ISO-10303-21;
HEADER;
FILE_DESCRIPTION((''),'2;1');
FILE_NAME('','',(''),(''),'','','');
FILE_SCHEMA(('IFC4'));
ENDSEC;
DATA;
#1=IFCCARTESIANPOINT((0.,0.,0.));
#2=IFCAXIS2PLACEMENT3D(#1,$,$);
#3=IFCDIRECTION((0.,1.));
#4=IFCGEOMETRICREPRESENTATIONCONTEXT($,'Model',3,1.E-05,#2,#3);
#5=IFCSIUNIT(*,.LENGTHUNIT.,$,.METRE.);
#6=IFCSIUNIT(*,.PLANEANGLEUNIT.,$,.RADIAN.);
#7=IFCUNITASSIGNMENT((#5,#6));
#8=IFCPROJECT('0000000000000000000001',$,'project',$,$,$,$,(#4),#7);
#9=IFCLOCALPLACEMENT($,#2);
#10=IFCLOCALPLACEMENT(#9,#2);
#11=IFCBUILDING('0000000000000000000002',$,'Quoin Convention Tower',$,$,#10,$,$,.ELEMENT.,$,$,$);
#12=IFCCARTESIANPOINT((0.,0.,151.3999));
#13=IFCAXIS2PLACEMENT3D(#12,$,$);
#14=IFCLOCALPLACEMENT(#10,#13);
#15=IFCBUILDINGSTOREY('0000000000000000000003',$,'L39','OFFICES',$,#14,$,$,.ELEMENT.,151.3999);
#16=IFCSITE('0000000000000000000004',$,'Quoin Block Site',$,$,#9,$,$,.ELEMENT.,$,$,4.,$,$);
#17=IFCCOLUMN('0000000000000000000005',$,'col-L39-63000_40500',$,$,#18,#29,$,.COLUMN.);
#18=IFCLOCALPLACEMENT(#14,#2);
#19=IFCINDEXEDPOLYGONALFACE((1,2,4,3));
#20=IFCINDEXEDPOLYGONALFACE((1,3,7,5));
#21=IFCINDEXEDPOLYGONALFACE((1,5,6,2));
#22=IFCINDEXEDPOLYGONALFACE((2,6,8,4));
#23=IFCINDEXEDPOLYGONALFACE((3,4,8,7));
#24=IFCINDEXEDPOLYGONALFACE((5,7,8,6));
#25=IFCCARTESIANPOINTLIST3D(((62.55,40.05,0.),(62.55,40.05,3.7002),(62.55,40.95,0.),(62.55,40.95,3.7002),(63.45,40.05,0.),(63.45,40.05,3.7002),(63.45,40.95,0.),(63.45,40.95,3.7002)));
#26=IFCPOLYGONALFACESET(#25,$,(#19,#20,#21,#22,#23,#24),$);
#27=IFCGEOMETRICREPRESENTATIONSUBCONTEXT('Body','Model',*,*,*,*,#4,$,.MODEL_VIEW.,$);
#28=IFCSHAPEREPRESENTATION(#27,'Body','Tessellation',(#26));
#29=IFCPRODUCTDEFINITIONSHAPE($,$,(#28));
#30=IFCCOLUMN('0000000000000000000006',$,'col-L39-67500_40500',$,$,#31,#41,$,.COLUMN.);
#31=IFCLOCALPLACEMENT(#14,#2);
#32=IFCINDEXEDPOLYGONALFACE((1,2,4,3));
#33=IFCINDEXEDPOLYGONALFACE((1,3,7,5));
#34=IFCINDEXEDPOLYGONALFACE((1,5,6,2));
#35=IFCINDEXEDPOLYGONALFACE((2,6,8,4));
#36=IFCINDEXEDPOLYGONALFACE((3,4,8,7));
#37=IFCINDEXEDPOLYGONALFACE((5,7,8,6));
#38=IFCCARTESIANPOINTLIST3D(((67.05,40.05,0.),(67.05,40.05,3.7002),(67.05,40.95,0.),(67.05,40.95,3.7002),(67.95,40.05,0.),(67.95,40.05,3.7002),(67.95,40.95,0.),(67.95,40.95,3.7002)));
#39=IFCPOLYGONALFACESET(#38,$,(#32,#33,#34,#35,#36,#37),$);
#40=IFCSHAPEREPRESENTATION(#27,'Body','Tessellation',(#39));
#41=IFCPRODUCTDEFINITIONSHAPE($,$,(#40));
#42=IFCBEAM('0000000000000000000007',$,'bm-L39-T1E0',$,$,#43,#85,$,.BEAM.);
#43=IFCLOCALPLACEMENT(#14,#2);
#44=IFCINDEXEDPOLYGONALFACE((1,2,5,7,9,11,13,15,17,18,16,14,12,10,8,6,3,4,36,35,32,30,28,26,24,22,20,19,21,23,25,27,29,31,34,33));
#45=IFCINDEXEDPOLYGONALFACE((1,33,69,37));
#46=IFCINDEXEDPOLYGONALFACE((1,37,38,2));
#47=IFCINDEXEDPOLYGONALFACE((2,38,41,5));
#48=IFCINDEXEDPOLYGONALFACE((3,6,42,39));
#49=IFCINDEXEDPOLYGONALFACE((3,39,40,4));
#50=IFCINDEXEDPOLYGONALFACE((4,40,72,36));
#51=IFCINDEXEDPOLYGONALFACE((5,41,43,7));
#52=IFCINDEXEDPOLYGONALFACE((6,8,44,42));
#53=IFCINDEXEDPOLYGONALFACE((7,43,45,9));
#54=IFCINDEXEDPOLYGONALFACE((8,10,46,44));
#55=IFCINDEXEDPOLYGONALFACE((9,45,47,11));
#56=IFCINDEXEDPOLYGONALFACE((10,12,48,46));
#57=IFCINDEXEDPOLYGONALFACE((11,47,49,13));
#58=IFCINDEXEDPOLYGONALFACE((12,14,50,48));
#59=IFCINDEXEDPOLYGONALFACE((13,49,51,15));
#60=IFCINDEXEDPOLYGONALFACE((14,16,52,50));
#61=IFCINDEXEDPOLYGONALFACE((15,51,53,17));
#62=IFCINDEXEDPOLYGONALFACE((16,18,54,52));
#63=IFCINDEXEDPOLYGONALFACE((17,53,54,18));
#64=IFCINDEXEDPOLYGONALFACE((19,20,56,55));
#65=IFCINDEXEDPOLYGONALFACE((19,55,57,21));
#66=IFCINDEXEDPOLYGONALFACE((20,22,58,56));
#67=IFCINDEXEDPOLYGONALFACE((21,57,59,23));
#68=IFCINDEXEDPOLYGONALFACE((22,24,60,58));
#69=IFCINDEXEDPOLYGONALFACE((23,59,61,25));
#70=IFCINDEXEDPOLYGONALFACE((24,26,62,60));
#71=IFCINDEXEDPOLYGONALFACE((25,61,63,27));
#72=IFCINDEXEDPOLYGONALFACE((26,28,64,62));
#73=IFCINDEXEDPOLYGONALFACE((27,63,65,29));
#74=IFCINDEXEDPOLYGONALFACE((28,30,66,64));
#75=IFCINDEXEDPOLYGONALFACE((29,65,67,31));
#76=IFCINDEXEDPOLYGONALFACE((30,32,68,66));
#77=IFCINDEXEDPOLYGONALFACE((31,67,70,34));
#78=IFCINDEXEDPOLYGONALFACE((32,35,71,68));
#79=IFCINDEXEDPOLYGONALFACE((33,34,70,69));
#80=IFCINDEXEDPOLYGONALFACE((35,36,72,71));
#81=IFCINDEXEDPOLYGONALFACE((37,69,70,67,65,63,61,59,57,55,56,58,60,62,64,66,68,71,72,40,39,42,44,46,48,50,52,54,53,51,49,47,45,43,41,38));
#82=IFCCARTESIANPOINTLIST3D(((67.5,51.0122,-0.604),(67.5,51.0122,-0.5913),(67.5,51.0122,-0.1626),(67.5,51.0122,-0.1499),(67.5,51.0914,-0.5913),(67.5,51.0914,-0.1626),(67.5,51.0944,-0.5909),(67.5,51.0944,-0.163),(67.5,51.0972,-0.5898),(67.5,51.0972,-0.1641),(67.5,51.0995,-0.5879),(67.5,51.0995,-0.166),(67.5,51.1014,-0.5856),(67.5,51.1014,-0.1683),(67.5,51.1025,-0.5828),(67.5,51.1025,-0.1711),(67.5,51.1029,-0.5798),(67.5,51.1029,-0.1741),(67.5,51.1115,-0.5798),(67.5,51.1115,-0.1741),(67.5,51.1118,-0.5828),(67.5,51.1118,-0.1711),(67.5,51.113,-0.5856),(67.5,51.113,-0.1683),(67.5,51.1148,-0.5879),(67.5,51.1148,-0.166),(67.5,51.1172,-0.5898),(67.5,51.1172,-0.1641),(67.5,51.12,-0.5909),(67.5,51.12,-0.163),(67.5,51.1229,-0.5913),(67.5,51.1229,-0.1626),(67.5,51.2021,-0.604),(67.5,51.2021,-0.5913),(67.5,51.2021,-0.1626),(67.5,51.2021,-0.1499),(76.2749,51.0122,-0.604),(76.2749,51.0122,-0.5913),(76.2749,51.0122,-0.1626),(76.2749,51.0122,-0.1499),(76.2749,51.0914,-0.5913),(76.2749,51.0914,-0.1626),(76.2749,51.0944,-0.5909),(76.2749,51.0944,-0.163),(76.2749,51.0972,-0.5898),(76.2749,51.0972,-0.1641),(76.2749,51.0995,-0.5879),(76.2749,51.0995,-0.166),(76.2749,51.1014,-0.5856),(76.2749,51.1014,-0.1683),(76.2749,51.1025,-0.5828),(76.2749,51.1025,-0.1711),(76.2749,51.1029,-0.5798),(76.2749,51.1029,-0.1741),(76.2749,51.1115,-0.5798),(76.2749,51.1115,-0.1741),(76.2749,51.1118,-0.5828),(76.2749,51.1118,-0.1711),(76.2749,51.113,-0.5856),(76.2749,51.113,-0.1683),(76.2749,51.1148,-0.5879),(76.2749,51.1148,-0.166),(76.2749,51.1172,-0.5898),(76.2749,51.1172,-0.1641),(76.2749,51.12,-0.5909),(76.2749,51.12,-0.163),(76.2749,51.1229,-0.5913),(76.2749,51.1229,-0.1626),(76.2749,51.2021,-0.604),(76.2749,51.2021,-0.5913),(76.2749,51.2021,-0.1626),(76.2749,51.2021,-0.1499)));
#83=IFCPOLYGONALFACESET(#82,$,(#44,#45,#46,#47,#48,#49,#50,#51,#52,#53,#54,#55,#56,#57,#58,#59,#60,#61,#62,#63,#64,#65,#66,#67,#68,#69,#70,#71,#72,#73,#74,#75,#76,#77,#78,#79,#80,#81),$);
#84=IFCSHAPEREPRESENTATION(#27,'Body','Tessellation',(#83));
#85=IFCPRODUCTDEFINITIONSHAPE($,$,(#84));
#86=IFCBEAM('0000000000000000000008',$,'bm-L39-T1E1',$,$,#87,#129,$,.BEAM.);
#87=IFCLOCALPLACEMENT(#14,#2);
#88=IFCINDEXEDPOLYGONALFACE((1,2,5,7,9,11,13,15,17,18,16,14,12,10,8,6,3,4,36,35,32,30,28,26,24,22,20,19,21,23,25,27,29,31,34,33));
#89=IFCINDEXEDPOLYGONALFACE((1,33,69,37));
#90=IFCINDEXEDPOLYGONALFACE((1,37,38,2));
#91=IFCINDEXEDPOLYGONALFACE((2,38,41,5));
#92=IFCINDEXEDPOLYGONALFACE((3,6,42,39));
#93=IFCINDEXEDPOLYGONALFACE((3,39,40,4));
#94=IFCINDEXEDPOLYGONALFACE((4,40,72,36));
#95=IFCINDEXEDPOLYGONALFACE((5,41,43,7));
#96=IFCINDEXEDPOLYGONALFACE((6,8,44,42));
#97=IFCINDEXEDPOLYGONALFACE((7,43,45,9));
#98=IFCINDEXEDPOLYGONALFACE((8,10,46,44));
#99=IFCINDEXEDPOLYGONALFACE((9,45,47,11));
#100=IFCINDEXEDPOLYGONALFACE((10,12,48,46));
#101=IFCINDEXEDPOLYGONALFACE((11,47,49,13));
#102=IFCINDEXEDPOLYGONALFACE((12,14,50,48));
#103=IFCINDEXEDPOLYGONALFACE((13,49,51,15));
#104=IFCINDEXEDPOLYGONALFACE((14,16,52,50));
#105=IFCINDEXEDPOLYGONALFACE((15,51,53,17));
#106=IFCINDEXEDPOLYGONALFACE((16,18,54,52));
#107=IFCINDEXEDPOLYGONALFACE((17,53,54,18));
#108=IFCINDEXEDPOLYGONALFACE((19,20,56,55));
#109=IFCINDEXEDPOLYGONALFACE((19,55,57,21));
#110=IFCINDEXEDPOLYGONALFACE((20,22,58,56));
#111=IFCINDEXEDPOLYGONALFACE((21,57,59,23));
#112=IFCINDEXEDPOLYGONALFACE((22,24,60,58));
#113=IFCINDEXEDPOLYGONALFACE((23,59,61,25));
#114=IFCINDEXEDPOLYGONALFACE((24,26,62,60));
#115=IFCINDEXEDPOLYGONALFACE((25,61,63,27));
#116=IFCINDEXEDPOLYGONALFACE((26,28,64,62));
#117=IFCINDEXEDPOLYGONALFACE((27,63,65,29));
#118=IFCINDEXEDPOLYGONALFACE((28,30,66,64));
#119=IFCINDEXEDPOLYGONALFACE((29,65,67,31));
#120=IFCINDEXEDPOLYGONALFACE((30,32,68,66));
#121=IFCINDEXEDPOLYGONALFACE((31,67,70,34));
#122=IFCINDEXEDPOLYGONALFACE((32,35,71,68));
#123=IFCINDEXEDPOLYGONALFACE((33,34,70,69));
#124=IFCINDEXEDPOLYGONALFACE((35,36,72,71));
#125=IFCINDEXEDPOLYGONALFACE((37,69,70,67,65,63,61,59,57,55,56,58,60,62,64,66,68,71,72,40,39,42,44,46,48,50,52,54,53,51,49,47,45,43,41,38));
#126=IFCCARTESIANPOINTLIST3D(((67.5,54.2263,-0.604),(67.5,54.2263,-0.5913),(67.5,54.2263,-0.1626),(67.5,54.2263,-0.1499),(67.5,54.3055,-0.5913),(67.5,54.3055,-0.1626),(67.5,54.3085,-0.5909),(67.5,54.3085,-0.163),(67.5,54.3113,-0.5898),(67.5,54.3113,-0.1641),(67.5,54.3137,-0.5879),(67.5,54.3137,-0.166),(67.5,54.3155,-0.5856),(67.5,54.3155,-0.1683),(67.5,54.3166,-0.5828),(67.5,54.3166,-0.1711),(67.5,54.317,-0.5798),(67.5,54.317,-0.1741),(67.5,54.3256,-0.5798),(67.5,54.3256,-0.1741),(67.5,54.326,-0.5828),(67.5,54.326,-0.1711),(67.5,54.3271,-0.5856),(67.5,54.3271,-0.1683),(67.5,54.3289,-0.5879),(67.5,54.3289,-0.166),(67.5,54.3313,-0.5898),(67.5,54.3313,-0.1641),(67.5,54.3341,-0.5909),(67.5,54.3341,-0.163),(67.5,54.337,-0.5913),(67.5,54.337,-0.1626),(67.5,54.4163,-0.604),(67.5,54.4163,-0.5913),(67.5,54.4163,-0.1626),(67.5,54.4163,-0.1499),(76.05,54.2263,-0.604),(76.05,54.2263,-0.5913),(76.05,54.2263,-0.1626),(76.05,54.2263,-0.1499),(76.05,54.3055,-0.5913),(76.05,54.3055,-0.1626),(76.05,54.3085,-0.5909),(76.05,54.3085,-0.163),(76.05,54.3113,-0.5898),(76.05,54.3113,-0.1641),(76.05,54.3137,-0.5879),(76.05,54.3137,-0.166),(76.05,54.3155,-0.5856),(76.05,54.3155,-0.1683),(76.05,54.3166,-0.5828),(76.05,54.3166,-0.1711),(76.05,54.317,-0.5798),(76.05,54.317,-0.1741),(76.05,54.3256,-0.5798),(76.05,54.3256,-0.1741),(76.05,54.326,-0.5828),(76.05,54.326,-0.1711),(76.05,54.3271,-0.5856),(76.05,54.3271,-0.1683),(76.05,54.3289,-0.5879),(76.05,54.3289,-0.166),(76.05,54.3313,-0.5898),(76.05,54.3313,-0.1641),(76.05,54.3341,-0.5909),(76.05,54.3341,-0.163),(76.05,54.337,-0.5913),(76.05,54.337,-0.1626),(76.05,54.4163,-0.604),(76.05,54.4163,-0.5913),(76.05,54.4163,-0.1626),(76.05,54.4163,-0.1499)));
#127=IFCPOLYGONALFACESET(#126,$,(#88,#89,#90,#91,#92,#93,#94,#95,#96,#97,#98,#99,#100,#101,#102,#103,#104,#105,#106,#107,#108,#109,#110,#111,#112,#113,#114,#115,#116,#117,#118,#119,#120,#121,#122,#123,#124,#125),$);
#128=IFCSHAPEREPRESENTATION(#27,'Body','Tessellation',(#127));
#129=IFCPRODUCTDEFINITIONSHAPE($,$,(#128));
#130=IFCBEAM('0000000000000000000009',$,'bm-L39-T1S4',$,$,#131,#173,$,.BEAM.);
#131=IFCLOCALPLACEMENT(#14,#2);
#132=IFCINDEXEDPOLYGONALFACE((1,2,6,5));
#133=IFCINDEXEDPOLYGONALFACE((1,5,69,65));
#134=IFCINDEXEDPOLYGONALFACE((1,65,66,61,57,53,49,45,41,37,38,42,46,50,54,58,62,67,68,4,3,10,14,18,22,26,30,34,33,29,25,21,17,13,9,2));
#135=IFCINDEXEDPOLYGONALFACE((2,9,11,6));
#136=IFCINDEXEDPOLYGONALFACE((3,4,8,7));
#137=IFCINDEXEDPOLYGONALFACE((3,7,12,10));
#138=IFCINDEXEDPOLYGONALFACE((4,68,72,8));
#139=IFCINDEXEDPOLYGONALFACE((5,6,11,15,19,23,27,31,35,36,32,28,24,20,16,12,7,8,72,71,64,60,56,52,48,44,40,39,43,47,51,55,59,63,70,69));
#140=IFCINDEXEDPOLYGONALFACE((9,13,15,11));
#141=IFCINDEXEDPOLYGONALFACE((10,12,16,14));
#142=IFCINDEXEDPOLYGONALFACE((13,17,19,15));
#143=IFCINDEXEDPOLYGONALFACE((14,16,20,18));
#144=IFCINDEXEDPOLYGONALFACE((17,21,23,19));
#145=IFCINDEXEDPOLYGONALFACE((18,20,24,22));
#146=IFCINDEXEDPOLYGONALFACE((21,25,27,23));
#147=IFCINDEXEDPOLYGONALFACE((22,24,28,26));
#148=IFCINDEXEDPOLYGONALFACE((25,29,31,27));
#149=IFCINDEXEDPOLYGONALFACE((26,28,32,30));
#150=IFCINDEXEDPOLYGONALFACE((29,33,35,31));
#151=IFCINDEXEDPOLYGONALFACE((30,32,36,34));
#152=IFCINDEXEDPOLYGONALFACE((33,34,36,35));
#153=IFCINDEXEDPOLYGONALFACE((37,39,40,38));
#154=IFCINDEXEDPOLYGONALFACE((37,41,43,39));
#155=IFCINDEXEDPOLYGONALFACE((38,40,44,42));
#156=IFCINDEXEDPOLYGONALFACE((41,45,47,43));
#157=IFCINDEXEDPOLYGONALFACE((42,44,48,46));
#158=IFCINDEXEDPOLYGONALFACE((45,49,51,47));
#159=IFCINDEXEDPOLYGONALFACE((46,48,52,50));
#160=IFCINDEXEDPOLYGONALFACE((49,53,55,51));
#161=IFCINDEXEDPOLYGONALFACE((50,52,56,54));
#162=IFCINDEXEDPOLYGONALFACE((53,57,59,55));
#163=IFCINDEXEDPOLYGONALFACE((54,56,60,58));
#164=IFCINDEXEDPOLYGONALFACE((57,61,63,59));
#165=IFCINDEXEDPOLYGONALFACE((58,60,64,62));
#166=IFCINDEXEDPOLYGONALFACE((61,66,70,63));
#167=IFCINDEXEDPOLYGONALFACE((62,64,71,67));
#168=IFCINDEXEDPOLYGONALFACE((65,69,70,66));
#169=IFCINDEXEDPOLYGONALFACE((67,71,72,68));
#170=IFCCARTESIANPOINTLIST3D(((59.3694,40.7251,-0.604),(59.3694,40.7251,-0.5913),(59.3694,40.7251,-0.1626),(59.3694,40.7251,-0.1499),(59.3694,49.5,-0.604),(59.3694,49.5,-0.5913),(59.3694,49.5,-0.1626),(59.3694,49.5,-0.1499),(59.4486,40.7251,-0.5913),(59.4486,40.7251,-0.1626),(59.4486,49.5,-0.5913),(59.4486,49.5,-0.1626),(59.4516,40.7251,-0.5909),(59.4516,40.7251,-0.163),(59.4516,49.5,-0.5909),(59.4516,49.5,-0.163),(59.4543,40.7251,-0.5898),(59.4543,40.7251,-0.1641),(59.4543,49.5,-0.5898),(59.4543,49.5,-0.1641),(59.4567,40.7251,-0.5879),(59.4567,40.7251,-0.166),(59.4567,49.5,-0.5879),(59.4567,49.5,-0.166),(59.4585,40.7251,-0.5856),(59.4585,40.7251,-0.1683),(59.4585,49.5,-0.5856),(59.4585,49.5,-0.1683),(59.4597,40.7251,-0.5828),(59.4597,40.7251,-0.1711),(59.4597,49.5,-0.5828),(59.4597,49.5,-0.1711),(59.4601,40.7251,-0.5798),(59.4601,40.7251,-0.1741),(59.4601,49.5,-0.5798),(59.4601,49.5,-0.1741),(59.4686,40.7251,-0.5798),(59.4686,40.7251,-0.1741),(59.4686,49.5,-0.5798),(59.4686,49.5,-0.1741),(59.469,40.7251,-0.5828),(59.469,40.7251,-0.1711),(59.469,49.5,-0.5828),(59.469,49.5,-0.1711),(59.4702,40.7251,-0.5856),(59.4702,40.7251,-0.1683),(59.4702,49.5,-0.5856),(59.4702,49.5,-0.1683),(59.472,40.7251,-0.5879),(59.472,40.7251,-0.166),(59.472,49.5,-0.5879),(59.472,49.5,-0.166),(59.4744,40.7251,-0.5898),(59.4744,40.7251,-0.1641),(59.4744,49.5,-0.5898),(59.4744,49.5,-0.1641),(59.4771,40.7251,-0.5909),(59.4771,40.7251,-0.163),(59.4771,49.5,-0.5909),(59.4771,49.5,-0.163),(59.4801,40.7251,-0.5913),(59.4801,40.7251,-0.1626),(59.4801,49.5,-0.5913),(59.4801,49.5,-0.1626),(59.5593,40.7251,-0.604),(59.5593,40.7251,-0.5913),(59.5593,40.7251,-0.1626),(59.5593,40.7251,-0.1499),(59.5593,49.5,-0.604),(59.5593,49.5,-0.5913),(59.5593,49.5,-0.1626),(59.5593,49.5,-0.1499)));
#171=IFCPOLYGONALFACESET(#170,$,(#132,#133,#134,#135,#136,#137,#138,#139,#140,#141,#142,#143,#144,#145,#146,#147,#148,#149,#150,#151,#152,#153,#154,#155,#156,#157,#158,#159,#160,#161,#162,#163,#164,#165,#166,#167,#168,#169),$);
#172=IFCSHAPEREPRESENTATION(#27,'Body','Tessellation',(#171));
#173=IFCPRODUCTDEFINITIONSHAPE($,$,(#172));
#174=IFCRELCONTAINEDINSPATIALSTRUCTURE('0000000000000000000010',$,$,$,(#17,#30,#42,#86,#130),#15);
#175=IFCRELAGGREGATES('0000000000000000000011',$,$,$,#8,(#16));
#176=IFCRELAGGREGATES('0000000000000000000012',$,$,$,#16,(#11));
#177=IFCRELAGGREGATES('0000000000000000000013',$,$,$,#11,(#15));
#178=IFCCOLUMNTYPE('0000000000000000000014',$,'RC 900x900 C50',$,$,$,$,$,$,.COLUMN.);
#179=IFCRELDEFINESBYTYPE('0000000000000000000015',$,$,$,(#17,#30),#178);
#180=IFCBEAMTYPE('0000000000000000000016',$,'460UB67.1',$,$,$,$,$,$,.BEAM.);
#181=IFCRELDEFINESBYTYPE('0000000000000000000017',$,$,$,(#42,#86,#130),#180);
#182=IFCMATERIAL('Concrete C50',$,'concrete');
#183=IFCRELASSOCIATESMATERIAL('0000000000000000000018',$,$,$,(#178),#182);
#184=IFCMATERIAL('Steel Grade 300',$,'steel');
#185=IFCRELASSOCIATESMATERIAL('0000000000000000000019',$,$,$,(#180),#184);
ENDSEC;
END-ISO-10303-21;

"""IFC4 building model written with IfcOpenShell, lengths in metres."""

from ifc_helpers import new_model, si_unit, direction, frame, origin, origin_2d, place, context, subcontext, project, spatial, rectangle, i_section, extrude, material, material_profile, profile_set, type_object, element, save


model = new_model("IFC4")

# Units and contexts
model_context = context("Model", 3, precision=1e-05, world=origin(), true_north=direction((0.0, 1.0)))
body_context = subcontext(model_context, "Body", "Model", "MODEL_VIEW")
ifc_project = project(units=[si_unit("LENGTHUNIT", "METRE"), si_unit("PLANEANGLEUNIT", "RADIAN")], contexts=[model_context])

# Site, building, storey
site_placement = place(None, origin())
site = spatial("IfcSite", under=ifc_project, at=site_placement, Name="Quoin Block Site", CompositionType="ELEMENT", RefElevation=4.0)
building_placement = place(site_placement, origin())
building = spatial("IfcBuilding", under=site, at=building_placement, Name="Quoin Convention Tower", CompositionType="ELEMENT")
storey_placement = place(building_placement, frame((0.0, 0.0, 151.3999)))
storey = spatial("IfcBuildingStorey", under=building, at=storey_placement, Name="L39", Description="OFFICES", CompositionType="ELEMENT", Elevation=151.3999)

# Columns
ifc_material_1 = material(Name="Concrete C50", Category="concrete")
ifc_material_profile_1 = material_profile(ifc_material_1, rectangle(XDim=0.8999, YDim=0.8999, at=origin_2d()), Name="RC 900x900")
ifc_profile_set_1 = profile_set([ifc_material_profile_1], Name="Concrete C50")
column_type = type_object("IfcColumnType", Name="RC 900x900 C50", PredefinedType="COLUMN", material=ifc_profile_set_1)
for number, where, z_axis, x_axis, name in (
    (1, (63.0, 40.5, 0.0), (0.0, 0.0, 1.0), (1.0, 0.0, 0.0), "col-L39-63000_40500"),
    (2, (67.5, 40.5, 0.0), (0.0, 0.0, 1.0), (1.0, 0.0, 0.0), "col-L39-67500_40500"),
):
    element("IfcColumn", number, at=place(storey_placement, frame(where, z_axis=z_axis, x_axis=x_axis)), inside=storey, type_object=column_type, Name=name, PredefinedType="COLUMN", context=body_context, shape_type="SweptSolid", body=[
        extrude(rectangle(XDim=0.8999, YDim=0.8999, at=origin_2d()), origin(), (0.0, 0.0, 1.0), 3.7002),
    ])

# Beams
ifc_material_2 = material(Name="Steel Grade 300", Category="steel")
ifc_material_profile_2 = material_profile(ifc_material_2, i_section(OverallWidth=0.1899, OverallDepth=0.4541, WebThickness=0.0085, FlangeThickness=0.0127, FilletRadius=0.0115, at=origin_2d()), Name="460UB67.1")
ifc_profile_set_2 = profile_set([ifc_material_profile_2], Name="Steel Grade 300")
beam_type_1 = type_object("IfcBeamType", Name="460UB67.1", PredefinedType="BEAM", material=ifc_profile_set_2)
beam_1_placement = place(storey_placement, frame((67.5, 51.1072, -0.377), z_axis=(1.0, 0.0, 0.0), x_axis=(0.0, 1.0, 0.0)))
element("IfcBeam", 3, at=beam_1_placement, inside=storey, type_object=beam_type_1, Name="bm-L39-T1E0", PredefinedType="BEAM", context=body_context, shape_type="SweptSolid", body=[
    extrude(i_section(OverallWidth=0.1899, OverallDepth=0.4541, WebThickness=0.0085, FlangeThickness=0.0127, FilletRadius=0.0115, at=origin_2d()), origin(), (0.0, 0.0, 1.0), 8.7749),
])
beam_2_placement = place(storey_placement, frame((67.5, 54.3213, -0.377), z_axis=(1.0, 0.0, 0.0), x_axis=(0.0, 1.0, 0.0)))
element("IfcBeam", 4, at=beam_2_placement, inside=storey, type_object=beam_type_1, Name="bm-L39-T1E1", PredefinedType="BEAM", context=body_context, shape_type="SweptSolid", body=[
    extrude(i_section(OverallWidth=0.1899, OverallDepth=0.4541, WebThickness=0.0085, FlangeThickness=0.0127, FilletRadius=0.0115, at=origin_2d()), origin(), (0.0, 0.0, 1.0), 8.55),
])
beam_3_placement = place(storey_placement, frame((59.4644, 40.7251, -0.377), z_axis=(0.0, 1.0, 0.0), x_axis=(-1.0, 0.0, 0.0)))
element("IfcBeam", 5, at=beam_3_placement, inside=storey, type_object=beam_type_1, Name="bm-L39-T1S4", PredefinedType="BEAM", context=body_context, shape_type="SweptSolid", body=[
    extrude(i_section(OverallWidth=0.1899, OverallDepth=0.4541, WebThickness=0.0085, FlangeThickness=0.0127, FilletRadius=0.0115, at=origin_2d()), origin(), (0.0, 0.0, 1.0), 8.7749),
])

save(model, "model.ifc")
